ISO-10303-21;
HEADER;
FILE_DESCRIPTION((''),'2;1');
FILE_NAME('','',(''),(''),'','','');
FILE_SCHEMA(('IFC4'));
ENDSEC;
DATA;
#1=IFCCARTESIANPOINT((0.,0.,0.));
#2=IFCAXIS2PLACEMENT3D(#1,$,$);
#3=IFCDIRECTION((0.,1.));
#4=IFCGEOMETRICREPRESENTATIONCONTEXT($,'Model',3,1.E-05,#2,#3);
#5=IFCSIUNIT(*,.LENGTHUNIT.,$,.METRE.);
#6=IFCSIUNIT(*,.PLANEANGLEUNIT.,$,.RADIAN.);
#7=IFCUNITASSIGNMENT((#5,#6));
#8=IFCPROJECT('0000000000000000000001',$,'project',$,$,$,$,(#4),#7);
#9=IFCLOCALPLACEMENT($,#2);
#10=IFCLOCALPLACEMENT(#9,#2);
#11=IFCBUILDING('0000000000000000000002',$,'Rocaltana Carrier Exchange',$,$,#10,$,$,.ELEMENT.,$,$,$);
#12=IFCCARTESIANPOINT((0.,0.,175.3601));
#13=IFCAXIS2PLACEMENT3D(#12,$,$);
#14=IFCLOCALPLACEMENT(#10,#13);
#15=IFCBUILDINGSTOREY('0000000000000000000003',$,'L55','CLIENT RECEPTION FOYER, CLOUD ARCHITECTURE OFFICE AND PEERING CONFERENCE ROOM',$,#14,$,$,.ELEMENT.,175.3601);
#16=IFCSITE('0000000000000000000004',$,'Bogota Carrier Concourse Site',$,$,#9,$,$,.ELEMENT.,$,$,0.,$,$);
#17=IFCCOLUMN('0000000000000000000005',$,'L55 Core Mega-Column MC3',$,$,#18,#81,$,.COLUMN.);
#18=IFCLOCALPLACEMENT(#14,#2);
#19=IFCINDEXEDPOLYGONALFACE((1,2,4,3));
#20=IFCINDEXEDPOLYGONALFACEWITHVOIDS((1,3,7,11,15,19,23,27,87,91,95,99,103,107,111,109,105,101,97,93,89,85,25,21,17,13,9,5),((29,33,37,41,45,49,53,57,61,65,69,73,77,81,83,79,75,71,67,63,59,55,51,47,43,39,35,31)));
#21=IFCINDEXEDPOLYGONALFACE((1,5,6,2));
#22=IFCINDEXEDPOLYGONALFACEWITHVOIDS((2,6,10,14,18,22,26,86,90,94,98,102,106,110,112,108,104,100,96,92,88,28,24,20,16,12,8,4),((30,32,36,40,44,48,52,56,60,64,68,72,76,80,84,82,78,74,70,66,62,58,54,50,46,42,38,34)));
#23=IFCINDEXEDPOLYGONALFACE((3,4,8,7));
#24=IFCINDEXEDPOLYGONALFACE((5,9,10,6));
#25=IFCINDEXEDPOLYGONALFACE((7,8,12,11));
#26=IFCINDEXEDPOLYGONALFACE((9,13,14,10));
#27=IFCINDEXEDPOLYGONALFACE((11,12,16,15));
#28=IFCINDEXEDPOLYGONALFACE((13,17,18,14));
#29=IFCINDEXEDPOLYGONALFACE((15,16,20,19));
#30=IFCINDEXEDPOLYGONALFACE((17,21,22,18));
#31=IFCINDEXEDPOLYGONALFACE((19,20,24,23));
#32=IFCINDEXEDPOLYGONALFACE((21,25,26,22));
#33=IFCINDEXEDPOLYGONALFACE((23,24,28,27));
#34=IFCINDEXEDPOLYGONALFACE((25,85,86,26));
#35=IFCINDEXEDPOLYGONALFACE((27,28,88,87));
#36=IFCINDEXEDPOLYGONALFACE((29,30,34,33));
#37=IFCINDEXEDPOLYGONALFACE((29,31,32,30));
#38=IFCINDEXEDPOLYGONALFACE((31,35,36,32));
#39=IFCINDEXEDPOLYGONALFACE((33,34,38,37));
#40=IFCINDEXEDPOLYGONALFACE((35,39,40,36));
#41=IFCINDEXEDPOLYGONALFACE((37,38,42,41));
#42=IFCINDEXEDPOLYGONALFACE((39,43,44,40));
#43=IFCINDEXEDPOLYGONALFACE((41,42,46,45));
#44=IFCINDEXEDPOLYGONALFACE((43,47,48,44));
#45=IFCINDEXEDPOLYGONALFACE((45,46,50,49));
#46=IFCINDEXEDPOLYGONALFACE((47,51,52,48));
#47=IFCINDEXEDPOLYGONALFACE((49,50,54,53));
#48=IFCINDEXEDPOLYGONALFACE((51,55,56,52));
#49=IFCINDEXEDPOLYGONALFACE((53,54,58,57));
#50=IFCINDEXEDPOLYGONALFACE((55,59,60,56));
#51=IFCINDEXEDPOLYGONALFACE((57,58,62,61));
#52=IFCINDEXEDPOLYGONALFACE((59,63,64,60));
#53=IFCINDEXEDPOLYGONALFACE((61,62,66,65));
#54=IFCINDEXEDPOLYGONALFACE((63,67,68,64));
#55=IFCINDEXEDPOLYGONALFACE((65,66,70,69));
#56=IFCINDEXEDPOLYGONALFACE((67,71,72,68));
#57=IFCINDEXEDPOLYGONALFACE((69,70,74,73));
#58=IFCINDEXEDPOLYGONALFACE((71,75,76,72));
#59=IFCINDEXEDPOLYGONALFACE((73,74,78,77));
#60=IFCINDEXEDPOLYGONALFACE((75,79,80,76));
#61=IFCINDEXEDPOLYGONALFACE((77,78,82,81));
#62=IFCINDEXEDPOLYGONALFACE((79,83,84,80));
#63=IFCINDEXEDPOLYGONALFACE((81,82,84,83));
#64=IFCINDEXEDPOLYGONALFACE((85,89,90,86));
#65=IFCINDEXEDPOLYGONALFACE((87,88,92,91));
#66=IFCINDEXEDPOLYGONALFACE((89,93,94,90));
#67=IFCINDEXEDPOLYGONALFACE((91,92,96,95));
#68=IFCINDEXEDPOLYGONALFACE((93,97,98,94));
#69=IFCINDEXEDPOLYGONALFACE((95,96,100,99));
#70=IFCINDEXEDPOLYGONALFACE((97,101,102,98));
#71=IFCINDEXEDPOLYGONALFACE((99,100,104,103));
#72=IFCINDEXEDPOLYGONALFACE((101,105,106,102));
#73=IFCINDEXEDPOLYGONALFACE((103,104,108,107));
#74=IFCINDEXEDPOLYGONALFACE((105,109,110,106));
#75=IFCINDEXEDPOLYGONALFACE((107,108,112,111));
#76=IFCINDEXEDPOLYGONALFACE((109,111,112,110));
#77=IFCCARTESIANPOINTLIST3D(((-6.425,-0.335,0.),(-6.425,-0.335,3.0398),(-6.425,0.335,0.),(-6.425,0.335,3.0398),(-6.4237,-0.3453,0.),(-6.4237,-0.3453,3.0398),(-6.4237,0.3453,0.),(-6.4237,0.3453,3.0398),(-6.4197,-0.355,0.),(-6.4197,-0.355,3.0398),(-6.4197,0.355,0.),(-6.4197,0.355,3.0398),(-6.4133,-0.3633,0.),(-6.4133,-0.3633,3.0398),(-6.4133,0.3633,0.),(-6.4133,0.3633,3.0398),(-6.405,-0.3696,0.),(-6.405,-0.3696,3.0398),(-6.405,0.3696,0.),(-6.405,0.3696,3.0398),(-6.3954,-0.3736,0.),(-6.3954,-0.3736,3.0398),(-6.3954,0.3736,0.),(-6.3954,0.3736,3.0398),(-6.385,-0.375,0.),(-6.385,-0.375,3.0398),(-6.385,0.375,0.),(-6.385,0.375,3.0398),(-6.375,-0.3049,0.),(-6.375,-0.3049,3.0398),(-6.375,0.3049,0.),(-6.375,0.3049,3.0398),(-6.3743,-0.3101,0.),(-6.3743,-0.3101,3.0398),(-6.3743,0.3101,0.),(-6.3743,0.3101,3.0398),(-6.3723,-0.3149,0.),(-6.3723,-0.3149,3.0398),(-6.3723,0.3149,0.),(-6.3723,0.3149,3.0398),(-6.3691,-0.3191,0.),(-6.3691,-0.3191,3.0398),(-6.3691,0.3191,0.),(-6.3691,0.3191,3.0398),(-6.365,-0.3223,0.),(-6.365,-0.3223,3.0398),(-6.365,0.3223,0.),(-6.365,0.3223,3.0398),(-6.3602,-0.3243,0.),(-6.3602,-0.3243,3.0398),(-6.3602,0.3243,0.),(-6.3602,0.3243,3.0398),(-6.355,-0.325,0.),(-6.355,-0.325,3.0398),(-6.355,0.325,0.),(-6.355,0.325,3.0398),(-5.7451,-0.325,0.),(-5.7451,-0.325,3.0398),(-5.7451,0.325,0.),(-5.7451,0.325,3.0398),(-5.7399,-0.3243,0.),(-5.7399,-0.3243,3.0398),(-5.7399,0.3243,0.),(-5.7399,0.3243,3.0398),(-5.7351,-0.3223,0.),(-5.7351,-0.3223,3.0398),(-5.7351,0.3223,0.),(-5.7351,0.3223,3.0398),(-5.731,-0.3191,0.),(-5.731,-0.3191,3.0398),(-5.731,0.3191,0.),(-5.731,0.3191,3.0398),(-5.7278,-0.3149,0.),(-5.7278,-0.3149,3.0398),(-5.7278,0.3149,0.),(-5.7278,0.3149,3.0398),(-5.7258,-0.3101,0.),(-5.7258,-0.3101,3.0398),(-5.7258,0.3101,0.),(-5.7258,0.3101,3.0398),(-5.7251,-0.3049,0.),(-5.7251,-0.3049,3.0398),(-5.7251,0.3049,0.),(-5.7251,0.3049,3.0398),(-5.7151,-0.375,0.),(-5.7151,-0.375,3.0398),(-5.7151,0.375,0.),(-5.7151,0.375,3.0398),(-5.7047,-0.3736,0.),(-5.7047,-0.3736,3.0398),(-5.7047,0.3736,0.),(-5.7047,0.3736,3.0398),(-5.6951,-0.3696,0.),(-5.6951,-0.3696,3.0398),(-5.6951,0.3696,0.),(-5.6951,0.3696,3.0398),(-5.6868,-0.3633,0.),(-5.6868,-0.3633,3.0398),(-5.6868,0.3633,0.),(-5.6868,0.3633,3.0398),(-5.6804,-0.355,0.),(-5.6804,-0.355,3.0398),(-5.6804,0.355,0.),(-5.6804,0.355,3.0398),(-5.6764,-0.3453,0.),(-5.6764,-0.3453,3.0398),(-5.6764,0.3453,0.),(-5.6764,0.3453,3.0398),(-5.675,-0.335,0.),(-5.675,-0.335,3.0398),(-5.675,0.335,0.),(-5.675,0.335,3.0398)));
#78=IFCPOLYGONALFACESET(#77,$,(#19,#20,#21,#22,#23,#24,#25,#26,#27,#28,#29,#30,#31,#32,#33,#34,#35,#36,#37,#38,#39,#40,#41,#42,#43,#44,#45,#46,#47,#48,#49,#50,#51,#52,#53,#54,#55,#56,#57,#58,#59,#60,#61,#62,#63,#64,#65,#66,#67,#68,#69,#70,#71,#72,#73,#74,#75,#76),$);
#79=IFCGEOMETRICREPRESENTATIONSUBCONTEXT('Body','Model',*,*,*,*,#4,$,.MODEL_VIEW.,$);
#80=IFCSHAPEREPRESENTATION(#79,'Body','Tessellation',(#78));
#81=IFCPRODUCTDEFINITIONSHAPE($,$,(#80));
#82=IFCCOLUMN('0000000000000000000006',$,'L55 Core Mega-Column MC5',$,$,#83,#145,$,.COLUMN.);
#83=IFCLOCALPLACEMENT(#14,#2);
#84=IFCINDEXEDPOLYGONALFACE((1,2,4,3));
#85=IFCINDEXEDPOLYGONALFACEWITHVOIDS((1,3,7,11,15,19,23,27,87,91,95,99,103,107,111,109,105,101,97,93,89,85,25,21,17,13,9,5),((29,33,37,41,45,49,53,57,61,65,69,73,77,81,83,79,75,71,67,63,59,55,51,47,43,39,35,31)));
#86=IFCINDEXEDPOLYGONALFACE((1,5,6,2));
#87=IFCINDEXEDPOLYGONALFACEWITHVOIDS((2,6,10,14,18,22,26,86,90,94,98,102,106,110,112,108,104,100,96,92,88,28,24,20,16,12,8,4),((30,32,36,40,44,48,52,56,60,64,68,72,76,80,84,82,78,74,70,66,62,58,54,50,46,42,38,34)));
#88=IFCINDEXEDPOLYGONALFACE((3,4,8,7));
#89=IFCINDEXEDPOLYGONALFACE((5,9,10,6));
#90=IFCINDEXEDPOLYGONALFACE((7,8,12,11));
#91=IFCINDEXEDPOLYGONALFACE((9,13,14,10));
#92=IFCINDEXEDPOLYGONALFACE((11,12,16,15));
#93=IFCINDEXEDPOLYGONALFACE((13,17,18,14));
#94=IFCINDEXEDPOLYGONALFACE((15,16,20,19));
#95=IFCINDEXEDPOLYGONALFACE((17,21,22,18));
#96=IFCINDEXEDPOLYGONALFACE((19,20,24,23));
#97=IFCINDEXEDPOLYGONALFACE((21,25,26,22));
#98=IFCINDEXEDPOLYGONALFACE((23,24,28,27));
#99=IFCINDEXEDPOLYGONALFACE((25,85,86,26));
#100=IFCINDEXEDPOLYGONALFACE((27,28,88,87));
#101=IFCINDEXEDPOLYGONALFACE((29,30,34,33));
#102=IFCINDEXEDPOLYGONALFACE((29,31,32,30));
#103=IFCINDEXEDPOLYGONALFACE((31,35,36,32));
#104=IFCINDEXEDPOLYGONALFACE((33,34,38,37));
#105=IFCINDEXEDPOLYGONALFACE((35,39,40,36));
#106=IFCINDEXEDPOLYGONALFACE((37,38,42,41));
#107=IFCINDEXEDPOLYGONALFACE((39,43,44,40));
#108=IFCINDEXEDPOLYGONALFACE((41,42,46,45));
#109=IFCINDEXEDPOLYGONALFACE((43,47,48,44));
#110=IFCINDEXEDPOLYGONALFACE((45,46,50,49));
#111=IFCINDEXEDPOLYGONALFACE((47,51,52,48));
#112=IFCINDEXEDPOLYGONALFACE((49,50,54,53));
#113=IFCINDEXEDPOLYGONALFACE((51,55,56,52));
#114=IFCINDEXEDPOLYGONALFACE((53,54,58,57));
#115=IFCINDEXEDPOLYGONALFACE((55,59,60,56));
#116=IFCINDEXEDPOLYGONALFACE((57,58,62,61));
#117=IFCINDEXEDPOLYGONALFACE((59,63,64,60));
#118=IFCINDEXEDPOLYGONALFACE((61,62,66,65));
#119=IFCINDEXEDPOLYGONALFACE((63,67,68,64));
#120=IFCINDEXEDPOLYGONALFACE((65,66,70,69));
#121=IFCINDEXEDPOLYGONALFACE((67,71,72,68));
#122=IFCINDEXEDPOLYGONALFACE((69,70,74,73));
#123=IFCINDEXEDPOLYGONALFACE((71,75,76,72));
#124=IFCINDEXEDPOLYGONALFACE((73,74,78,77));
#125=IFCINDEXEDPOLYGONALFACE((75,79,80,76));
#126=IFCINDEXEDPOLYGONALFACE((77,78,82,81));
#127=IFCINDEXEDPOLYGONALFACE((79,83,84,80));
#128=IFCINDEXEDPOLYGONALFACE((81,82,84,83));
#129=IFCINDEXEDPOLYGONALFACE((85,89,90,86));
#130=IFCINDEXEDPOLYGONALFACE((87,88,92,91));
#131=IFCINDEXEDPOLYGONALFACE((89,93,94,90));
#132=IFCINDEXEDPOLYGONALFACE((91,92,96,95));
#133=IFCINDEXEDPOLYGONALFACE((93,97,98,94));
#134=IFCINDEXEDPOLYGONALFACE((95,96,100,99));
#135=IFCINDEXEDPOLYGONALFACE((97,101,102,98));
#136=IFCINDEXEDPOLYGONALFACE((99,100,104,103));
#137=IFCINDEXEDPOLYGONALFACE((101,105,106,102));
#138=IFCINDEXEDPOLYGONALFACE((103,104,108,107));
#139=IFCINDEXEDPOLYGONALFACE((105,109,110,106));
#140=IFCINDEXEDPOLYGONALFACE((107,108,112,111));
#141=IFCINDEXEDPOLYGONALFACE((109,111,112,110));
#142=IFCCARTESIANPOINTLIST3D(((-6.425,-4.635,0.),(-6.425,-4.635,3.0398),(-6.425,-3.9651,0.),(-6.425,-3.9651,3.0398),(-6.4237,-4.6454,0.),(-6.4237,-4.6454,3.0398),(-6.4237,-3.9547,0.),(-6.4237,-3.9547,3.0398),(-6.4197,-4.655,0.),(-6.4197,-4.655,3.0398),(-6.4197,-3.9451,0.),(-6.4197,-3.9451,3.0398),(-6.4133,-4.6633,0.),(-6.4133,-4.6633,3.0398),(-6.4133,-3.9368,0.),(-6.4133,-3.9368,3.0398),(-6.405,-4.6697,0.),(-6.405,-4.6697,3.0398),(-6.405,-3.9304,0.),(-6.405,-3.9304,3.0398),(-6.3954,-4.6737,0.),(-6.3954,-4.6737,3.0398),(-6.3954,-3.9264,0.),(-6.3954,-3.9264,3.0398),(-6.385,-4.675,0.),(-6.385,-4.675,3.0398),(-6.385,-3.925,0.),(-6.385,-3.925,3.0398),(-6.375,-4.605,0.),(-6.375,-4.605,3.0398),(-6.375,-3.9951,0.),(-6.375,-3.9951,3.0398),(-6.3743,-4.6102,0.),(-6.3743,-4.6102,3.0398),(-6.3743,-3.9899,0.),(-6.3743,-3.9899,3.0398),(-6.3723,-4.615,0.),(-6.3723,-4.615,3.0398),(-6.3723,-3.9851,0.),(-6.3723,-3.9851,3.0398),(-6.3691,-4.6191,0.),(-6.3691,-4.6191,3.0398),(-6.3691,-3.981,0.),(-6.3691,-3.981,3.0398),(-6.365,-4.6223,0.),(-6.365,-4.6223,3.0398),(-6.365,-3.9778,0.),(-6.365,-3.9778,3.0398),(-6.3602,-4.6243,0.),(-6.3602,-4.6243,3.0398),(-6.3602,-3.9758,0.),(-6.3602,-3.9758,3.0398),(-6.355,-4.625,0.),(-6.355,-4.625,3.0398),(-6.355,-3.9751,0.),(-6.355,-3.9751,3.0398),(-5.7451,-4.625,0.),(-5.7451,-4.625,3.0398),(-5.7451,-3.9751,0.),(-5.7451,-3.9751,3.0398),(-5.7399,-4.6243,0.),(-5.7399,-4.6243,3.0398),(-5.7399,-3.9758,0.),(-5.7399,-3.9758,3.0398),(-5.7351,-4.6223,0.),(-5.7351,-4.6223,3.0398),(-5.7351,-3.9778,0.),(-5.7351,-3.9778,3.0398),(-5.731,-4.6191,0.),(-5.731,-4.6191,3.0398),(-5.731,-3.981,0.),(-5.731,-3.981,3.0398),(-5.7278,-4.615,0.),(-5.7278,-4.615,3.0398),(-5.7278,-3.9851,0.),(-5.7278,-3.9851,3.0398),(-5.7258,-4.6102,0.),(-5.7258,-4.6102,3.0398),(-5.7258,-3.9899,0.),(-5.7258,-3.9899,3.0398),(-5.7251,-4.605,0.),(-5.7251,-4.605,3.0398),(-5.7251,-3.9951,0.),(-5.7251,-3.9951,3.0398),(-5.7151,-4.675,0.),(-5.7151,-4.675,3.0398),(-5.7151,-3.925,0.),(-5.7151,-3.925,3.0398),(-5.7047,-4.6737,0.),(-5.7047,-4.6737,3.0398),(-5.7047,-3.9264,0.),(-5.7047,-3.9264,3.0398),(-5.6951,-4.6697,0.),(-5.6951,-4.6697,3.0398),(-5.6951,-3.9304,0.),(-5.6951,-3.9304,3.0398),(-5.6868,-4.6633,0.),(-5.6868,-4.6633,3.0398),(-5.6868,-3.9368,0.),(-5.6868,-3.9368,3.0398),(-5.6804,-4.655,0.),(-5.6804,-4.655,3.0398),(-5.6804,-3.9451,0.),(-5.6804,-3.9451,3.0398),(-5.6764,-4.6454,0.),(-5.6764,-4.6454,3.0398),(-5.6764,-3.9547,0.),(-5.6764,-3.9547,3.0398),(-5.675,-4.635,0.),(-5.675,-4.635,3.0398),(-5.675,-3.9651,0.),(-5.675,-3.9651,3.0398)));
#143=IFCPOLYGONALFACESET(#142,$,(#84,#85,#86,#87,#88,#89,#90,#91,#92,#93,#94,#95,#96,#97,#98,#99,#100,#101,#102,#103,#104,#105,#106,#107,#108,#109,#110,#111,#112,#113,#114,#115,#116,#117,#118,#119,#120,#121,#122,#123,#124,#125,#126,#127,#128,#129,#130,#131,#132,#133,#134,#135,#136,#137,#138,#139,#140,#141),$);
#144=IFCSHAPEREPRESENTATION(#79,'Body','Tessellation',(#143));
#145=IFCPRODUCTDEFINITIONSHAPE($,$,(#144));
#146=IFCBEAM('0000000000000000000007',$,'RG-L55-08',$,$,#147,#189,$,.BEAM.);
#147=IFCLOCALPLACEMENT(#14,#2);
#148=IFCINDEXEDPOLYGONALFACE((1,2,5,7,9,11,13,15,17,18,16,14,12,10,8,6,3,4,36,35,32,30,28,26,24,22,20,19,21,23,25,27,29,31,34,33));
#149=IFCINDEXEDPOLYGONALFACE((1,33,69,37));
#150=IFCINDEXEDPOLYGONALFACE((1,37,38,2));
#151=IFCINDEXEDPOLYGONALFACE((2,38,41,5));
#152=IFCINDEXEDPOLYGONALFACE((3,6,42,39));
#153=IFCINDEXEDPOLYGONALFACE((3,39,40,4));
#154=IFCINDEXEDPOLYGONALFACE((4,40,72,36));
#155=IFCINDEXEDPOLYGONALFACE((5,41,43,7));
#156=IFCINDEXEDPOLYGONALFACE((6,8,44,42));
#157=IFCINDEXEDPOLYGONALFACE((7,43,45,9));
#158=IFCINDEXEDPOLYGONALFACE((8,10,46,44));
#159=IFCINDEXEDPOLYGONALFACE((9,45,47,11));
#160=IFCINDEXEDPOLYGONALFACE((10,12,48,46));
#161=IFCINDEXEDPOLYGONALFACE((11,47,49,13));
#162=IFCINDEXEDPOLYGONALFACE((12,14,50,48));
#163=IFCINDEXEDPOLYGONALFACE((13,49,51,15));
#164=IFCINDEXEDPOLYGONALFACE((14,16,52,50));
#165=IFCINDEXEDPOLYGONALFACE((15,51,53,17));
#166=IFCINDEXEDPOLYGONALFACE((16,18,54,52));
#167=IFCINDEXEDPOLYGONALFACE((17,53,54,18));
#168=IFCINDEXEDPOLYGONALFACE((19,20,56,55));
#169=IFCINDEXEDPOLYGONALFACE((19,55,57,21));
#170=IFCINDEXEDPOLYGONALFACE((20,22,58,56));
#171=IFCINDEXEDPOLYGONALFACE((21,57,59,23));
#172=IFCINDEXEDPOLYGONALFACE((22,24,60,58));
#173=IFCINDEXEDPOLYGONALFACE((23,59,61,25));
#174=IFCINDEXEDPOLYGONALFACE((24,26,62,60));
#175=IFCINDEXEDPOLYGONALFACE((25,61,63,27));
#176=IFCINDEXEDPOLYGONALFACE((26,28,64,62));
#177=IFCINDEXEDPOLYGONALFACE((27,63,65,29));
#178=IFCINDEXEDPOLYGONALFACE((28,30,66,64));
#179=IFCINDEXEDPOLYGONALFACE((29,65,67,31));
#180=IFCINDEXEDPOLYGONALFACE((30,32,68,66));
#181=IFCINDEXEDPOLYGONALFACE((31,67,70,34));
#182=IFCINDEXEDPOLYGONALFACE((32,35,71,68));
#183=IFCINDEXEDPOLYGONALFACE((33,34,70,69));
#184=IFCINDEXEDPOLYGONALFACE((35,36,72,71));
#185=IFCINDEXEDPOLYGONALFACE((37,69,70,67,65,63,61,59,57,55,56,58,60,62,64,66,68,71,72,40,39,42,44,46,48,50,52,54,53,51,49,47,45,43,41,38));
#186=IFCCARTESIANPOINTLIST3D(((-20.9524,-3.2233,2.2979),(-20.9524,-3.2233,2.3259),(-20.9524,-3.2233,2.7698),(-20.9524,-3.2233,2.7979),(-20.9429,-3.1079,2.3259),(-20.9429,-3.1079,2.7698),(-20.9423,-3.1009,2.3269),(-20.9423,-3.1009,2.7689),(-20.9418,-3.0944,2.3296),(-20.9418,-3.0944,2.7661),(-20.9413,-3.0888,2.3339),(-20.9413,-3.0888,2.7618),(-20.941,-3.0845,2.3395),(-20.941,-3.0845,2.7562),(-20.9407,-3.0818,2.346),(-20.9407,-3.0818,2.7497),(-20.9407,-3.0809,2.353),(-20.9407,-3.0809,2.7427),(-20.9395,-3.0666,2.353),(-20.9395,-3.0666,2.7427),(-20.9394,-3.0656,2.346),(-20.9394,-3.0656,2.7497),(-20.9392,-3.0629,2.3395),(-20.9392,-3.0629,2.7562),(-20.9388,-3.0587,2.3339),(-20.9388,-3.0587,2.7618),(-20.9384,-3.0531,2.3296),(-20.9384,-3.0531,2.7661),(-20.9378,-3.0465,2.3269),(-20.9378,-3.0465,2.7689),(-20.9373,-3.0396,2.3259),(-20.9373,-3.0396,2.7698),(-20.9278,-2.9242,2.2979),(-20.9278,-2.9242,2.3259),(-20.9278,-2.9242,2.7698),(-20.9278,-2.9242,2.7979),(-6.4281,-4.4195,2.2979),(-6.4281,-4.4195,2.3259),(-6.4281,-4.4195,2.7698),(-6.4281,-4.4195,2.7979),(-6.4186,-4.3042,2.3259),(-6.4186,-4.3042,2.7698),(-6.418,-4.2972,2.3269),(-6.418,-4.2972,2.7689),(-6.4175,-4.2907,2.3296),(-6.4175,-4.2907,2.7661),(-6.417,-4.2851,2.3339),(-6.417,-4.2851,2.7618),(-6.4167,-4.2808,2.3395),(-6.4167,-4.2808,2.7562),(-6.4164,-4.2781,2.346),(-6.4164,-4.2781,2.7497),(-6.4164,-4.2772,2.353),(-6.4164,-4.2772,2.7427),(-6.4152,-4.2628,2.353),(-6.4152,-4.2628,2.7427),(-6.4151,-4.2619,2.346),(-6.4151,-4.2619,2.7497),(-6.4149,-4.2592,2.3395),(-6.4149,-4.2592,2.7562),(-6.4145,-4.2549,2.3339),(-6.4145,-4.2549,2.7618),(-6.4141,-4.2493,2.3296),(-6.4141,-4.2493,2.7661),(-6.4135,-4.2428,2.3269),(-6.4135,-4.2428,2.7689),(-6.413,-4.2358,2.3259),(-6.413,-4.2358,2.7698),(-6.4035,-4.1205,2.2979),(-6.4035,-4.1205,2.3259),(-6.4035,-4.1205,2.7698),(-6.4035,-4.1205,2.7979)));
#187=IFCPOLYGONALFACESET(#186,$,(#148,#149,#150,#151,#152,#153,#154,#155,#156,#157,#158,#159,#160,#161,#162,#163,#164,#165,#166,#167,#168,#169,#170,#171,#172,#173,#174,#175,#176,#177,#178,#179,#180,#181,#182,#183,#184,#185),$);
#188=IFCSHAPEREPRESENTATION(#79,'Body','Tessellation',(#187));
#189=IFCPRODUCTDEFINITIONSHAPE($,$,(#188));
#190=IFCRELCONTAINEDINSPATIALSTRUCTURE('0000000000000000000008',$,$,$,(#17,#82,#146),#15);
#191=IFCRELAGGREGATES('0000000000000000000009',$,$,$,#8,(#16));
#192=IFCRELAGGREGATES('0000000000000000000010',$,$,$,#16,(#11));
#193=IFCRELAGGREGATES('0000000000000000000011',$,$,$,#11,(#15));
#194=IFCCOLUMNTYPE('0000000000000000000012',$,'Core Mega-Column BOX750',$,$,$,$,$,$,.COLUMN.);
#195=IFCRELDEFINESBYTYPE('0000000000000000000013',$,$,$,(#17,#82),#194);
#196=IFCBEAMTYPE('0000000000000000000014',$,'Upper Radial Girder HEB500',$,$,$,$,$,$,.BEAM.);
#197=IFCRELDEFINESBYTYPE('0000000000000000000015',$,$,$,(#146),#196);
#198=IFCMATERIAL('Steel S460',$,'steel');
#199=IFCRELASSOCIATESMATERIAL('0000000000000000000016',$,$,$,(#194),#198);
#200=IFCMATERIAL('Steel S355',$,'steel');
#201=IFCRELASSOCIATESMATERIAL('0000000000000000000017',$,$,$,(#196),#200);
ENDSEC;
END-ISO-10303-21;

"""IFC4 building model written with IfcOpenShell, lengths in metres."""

from ifc_helpers import new_model, si_unit, direction, frame, origin, origin_2d, place, context, subcontext, project, spatial, hollow_rectangle, i_section, extrude, material, material_profile, profile_set, type_object, element, save


model = new_model("IFC4")

# Units and contexts
model_context = context("Model", 3, precision=1e-05, world=origin(), true_north=direction((0.0, 1.0)))
body_context = subcontext(model_context, "Body", "Model", "MODEL_VIEW")
ifc_project = project(units=[si_unit("LENGTHUNIT", "METRE"), si_unit("PLANEANGLEUNIT", "RADIAN")], contexts=[model_context])

# Site, building, storey
site_placement = place(None, origin())
site = spatial("IfcSite", under=ifc_project, at=site_placement, Name="Bogota Carrier Concourse Site", CompositionType="ELEMENT", RefElevation=0.0)
building_placement = place(site_placement, origin())
building = spatial("IfcBuilding", under=site, at=building_placement, Name="Rocaltana Carrier Exchange", CompositionType="ELEMENT")
storey_placement = place(building_placement, frame((0.0, 0.0, 175.3601)))
storey = spatial("IfcBuildingStorey", under=building, at=storey_placement, Name="L55", Description="CLIENT RECEPTION FOYER, CLOUD ARCHITECTURE OFFICE AND PEERING CONFERENCE ROOM", CompositionType="ELEMENT", Elevation=175.3601)

# Columns
ifc_material_1 = material(Name="Steel S460", Category="steel")
ifc_material_profile_1 = material_profile(ifc_material_1, hollow_rectangle(XDim=0.75, YDim=0.75, WallThickness=0.05, InnerFilletRadius=0.02, OuterFilletRadius=0.04, at=origin_2d()), Name="BOX750X750X50")
ifc_profile_set_1 = profile_set([ifc_material_profile_1], Name="Steel S460")
column_type = type_object("IfcColumnType", Name="Core Mega-Column BOX750", PredefinedType="COLUMN", material=ifc_profile_set_1)
for number, where, z_axis, x_axis, name in (
    (1, (-6.05, 0.0, 0.0), (0.0, 0.0, 1.0), (1.0, 0.0, 0.0), "L55 Core Mega-Column MC3"),
    (2, (-6.05, -4.3, 0.0), (0.0, 0.0, 1.0), (1.0, 0.0, 0.0), "L55 Core Mega-Column MC5"),
):
    element("IfcColumn", number, at=place(storey_placement, frame(where, z_axis=z_axis, x_axis=x_axis)), inside=storey, type_object=column_type, Name=name, PredefinedType="COLUMN", context=body_context, shape_type="SweptSolid", body=[
        extrude(hollow_rectangle(XDim=0.75, YDim=0.75, WallThickness=0.05, InnerFilletRadius=0.02, OuterFilletRadius=0.04, at=origin_2d()), origin(), (0.0, 0.0, 1.0), 3.0398),
    ])

# Beam
ifc_material_2 = material(Name="Steel S355", Category="steel")
ifc_material_profile_2 = material_profile(ifc_material_2, i_section(OverallWidth=0.3, OverallDepth=0.5, WebThickness=0.0144, FlangeThickness=0.0281, FilletRadius=0.0271, at=origin_2d()), Name="HEB500")
ifc_profile_set_2 = profile_set([ifc_material_profile_2], Name="Steel S355")
beam_type = type_object("IfcBeamType", Name="Upper Radial Girder HEB500", PredefinedType="BEAM", material=ifc_profile_set_2)
beam_placement = place(storey_placement, frame((-6.4158, -4.27, 2.5479), z_axis=(-0.996625, 0.082086, 0.0), x_axis=(-0.082086, -0.996625, 0.0)))
element("IfcBeam", 3, at=beam_placement, inside=storey, type_object=beam_type, Name="RG-L55-08", PredefinedType="BEAM", context=body_context, shape_type="SweptSolid", body=[
    extrude(i_section(OverallWidth=0.3, OverallDepth=0.5, WebThickness=0.0144, FlangeThickness=0.0281, FilletRadius=0.0271, at=origin_2d()), origin(), (0.0, 0.0, 1.0), 14.5735),
])

save(model, "model.ifc")
